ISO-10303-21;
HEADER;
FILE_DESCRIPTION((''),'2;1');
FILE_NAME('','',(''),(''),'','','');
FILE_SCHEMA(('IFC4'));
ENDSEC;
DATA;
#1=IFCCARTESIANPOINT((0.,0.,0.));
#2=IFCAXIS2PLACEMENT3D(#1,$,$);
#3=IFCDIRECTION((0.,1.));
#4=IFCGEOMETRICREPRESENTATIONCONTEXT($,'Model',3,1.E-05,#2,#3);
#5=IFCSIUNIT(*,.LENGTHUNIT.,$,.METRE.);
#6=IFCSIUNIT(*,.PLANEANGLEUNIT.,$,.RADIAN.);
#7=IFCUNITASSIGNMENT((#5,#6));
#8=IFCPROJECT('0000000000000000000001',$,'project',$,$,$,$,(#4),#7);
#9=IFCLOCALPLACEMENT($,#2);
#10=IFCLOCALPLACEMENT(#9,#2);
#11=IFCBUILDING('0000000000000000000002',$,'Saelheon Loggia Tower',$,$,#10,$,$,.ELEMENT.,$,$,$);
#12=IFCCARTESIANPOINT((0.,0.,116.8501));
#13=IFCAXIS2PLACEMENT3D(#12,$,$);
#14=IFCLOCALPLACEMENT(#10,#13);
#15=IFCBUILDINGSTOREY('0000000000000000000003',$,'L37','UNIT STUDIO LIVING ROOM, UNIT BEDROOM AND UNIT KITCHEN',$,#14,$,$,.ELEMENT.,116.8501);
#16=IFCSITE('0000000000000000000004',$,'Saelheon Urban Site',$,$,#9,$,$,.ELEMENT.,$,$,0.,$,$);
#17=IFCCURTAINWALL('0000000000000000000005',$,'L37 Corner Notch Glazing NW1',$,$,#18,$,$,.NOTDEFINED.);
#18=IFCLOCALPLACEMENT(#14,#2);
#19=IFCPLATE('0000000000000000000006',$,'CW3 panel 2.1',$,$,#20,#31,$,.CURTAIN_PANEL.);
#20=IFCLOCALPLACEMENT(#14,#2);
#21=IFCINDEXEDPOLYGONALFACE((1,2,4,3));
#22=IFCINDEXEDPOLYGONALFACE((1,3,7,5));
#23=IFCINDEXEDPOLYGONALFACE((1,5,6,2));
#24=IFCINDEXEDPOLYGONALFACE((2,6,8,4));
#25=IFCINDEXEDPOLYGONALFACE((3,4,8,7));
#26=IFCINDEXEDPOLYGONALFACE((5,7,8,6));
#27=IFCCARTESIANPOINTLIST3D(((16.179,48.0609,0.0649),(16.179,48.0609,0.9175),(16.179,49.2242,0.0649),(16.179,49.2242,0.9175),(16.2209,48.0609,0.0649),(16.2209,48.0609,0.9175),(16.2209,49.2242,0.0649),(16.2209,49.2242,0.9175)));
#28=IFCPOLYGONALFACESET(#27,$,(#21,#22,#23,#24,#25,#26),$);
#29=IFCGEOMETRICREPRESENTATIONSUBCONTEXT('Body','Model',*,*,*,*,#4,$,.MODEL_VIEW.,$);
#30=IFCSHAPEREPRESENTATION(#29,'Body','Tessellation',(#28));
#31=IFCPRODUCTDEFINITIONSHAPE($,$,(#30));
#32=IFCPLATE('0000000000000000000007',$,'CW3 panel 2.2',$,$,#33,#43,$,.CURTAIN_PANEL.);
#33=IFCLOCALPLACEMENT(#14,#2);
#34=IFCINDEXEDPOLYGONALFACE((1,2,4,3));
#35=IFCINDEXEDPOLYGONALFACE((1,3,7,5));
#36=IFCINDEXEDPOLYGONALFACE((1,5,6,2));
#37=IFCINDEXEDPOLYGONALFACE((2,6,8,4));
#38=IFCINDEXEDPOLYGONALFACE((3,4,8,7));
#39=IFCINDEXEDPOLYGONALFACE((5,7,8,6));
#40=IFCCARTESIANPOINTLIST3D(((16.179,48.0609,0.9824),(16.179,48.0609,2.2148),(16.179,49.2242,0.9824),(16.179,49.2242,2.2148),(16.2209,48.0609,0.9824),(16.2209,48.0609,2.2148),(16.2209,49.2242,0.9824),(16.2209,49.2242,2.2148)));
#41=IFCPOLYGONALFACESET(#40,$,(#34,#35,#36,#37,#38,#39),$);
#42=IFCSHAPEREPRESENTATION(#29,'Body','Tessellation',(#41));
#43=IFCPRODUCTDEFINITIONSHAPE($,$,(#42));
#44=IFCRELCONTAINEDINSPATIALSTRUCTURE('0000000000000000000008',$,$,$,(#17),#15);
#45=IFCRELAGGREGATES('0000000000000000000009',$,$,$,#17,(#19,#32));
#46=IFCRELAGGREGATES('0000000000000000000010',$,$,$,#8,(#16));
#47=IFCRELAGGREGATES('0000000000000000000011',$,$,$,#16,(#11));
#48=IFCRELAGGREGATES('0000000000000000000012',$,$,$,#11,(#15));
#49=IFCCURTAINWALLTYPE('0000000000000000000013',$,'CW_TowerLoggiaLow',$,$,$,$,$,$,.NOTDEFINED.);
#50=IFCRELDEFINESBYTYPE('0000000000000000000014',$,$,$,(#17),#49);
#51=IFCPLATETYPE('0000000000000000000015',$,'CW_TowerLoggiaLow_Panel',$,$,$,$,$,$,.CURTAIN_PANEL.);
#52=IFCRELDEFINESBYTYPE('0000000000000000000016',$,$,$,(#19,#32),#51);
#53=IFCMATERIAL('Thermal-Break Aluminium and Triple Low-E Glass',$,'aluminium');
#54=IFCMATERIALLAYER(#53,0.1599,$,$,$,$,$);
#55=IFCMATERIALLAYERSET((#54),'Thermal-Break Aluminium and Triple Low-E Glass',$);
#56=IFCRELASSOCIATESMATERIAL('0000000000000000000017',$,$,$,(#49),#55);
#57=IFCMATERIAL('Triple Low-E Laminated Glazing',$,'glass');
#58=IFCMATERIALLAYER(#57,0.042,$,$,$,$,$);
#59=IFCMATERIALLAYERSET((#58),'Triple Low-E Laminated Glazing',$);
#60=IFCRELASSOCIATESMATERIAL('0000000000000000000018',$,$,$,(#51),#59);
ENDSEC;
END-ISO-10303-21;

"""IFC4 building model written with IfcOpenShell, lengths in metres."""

from ifc_helpers import new_model, si_unit, direction, frame, origin, origin_2d, place, context, subcontext, project, spatial, rectangle, extrude, source, transform, mapped, material, layer, layer_set, type_object, element, aggregate, save


model = new_model("IFC4")

# Units and contexts
model_context = context("Model", 3, precision=1e-05, world=origin(), true_north=direction((0.0, 1.0)))
body_context = subcontext(model_context, "Body", "Model", "MODEL_VIEW")
ifc_project = project(units=[si_unit("LENGTHUNIT", "METRE"), si_unit("PLANEANGLEUNIT", "RADIAN")], contexts=[model_context])

# Site, building, storey
site_placement = place(None, origin())
site = spatial("IfcSite", under=ifc_project, at=site_placement, Name="Saelheon Urban Site", CompositionType="ELEMENT", RefElevation=0.0)
building_placement = place(site_placement, origin())
building = spatial("IfcBuilding", under=site, at=building_placement, Name="Saelheon Loggia Tower", CompositionType="ELEMENT")
storey_placement = place(building_placement, frame((0.0, 0.0, 116.8501)))
storey = spatial("IfcBuildingStorey", under=building, at=storey_placement, Name="L37", Description="UNIT STUDIO LIVING ROOM, UNIT BEDROOM AND UNIT KITCHEN", CompositionType="ELEMENT", Elevation=116.8501)

# Curtain wall, plates
ifc_material_1 = material(Name="Thermal-Break Aluminium and Triple Low-E Glass", Category="aluminium")
ifc_layer_1 = layer(ifc_material_1, 0.1599)
ifc_layer_set_1 = layer_set([ifc_layer_1], Name="Thermal-Break Aluminium and Triple Low-E Glass")
curtain_wall_type = type_object("IfcCurtainWallType", Name="CW_TowerLoggiaLow", PredefinedType="NOTDEFINED", material=ifc_layer_set_1)
curtain_wall_placement = place(storey_placement, origin())
curtain_wall = element("IfcCurtainWall", 1, at=curtain_wall_placement, inside=storey, type_object=curtain_wall_type, Name="L37 Corner Notch Glazing NW1", PredefinedType="NOTDEFINED")
ifc_material_2 = material(Name="Triple Low-E Laminated Glazing", Category="glass")
ifc_layer_2 = layer(ifc_material_2, 0.042)
ifc_layer_set_2 = layer_set([ifc_layer_2], Name="Triple Low-E Laminated Glazing")
plate_type = type_object("IfcPlateType", Name="CW_TowerLoggiaLow_Panel", PredefinedType="CURTAIN_PANEL", material=ifc_layer_set_2)
shared_shape_1 = source(origin(), body_context, "Body", "SweptSolid", [
    extrude(rectangle(XDim=1.1633, YDim=0.042, at=origin_2d()), origin(), (0.0, 0.0, 1.0), 0.8525),
])
plate_1_placement = place(storey_placement, frame((16.2, 48.6426, 0.0649), z_axis=(0.0, 0.0, 1.0), x_axis=(0.0, 1.0, 0.0)))
plate_1 = element("IfcPlate", 2, at=plate_1_placement, type_object=plate_type, Name="CW3 panel 2.1", PredefinedType="CURTAIN_PANEL", context=body_context, shape_type="MappedRepresentation", body=[
    mapped(shared_shape_1, transform((0.0, 0.0, 0.0), scale=1.0)),
])
shared_shape_2 = source(origin(), body_context, "Body", "SweptSolid", [
    extrude(rectangle(XDim=1.1633, YDim=0.042, at=origin_2d()), origin(), (0.0, 0.0, 1.0), 1.2324),
])
plate_2_placement = place(storey_placement, frame((16.2, 48.6426, 0.9824), z_axis=(0.0, 0.0, 1.0), x_axis=(0.0, 1.0, 0.0)))
plate_2 = element("IfcPlate", 3, at=plate_2_placement, type_object=plate_type, Name="CW3 panel 2.2", PredefinedType="CURTAIN_PANEL", context=body_context, shape_type="MappedRepresentation", body=[
    mapped(shared_shape_2, transform((0.0, 0.0, 0.0), scale=1.0)),
])
aggregate(curtain_wall, [plate_1, plate_2])

save(model, "model.ifc")
